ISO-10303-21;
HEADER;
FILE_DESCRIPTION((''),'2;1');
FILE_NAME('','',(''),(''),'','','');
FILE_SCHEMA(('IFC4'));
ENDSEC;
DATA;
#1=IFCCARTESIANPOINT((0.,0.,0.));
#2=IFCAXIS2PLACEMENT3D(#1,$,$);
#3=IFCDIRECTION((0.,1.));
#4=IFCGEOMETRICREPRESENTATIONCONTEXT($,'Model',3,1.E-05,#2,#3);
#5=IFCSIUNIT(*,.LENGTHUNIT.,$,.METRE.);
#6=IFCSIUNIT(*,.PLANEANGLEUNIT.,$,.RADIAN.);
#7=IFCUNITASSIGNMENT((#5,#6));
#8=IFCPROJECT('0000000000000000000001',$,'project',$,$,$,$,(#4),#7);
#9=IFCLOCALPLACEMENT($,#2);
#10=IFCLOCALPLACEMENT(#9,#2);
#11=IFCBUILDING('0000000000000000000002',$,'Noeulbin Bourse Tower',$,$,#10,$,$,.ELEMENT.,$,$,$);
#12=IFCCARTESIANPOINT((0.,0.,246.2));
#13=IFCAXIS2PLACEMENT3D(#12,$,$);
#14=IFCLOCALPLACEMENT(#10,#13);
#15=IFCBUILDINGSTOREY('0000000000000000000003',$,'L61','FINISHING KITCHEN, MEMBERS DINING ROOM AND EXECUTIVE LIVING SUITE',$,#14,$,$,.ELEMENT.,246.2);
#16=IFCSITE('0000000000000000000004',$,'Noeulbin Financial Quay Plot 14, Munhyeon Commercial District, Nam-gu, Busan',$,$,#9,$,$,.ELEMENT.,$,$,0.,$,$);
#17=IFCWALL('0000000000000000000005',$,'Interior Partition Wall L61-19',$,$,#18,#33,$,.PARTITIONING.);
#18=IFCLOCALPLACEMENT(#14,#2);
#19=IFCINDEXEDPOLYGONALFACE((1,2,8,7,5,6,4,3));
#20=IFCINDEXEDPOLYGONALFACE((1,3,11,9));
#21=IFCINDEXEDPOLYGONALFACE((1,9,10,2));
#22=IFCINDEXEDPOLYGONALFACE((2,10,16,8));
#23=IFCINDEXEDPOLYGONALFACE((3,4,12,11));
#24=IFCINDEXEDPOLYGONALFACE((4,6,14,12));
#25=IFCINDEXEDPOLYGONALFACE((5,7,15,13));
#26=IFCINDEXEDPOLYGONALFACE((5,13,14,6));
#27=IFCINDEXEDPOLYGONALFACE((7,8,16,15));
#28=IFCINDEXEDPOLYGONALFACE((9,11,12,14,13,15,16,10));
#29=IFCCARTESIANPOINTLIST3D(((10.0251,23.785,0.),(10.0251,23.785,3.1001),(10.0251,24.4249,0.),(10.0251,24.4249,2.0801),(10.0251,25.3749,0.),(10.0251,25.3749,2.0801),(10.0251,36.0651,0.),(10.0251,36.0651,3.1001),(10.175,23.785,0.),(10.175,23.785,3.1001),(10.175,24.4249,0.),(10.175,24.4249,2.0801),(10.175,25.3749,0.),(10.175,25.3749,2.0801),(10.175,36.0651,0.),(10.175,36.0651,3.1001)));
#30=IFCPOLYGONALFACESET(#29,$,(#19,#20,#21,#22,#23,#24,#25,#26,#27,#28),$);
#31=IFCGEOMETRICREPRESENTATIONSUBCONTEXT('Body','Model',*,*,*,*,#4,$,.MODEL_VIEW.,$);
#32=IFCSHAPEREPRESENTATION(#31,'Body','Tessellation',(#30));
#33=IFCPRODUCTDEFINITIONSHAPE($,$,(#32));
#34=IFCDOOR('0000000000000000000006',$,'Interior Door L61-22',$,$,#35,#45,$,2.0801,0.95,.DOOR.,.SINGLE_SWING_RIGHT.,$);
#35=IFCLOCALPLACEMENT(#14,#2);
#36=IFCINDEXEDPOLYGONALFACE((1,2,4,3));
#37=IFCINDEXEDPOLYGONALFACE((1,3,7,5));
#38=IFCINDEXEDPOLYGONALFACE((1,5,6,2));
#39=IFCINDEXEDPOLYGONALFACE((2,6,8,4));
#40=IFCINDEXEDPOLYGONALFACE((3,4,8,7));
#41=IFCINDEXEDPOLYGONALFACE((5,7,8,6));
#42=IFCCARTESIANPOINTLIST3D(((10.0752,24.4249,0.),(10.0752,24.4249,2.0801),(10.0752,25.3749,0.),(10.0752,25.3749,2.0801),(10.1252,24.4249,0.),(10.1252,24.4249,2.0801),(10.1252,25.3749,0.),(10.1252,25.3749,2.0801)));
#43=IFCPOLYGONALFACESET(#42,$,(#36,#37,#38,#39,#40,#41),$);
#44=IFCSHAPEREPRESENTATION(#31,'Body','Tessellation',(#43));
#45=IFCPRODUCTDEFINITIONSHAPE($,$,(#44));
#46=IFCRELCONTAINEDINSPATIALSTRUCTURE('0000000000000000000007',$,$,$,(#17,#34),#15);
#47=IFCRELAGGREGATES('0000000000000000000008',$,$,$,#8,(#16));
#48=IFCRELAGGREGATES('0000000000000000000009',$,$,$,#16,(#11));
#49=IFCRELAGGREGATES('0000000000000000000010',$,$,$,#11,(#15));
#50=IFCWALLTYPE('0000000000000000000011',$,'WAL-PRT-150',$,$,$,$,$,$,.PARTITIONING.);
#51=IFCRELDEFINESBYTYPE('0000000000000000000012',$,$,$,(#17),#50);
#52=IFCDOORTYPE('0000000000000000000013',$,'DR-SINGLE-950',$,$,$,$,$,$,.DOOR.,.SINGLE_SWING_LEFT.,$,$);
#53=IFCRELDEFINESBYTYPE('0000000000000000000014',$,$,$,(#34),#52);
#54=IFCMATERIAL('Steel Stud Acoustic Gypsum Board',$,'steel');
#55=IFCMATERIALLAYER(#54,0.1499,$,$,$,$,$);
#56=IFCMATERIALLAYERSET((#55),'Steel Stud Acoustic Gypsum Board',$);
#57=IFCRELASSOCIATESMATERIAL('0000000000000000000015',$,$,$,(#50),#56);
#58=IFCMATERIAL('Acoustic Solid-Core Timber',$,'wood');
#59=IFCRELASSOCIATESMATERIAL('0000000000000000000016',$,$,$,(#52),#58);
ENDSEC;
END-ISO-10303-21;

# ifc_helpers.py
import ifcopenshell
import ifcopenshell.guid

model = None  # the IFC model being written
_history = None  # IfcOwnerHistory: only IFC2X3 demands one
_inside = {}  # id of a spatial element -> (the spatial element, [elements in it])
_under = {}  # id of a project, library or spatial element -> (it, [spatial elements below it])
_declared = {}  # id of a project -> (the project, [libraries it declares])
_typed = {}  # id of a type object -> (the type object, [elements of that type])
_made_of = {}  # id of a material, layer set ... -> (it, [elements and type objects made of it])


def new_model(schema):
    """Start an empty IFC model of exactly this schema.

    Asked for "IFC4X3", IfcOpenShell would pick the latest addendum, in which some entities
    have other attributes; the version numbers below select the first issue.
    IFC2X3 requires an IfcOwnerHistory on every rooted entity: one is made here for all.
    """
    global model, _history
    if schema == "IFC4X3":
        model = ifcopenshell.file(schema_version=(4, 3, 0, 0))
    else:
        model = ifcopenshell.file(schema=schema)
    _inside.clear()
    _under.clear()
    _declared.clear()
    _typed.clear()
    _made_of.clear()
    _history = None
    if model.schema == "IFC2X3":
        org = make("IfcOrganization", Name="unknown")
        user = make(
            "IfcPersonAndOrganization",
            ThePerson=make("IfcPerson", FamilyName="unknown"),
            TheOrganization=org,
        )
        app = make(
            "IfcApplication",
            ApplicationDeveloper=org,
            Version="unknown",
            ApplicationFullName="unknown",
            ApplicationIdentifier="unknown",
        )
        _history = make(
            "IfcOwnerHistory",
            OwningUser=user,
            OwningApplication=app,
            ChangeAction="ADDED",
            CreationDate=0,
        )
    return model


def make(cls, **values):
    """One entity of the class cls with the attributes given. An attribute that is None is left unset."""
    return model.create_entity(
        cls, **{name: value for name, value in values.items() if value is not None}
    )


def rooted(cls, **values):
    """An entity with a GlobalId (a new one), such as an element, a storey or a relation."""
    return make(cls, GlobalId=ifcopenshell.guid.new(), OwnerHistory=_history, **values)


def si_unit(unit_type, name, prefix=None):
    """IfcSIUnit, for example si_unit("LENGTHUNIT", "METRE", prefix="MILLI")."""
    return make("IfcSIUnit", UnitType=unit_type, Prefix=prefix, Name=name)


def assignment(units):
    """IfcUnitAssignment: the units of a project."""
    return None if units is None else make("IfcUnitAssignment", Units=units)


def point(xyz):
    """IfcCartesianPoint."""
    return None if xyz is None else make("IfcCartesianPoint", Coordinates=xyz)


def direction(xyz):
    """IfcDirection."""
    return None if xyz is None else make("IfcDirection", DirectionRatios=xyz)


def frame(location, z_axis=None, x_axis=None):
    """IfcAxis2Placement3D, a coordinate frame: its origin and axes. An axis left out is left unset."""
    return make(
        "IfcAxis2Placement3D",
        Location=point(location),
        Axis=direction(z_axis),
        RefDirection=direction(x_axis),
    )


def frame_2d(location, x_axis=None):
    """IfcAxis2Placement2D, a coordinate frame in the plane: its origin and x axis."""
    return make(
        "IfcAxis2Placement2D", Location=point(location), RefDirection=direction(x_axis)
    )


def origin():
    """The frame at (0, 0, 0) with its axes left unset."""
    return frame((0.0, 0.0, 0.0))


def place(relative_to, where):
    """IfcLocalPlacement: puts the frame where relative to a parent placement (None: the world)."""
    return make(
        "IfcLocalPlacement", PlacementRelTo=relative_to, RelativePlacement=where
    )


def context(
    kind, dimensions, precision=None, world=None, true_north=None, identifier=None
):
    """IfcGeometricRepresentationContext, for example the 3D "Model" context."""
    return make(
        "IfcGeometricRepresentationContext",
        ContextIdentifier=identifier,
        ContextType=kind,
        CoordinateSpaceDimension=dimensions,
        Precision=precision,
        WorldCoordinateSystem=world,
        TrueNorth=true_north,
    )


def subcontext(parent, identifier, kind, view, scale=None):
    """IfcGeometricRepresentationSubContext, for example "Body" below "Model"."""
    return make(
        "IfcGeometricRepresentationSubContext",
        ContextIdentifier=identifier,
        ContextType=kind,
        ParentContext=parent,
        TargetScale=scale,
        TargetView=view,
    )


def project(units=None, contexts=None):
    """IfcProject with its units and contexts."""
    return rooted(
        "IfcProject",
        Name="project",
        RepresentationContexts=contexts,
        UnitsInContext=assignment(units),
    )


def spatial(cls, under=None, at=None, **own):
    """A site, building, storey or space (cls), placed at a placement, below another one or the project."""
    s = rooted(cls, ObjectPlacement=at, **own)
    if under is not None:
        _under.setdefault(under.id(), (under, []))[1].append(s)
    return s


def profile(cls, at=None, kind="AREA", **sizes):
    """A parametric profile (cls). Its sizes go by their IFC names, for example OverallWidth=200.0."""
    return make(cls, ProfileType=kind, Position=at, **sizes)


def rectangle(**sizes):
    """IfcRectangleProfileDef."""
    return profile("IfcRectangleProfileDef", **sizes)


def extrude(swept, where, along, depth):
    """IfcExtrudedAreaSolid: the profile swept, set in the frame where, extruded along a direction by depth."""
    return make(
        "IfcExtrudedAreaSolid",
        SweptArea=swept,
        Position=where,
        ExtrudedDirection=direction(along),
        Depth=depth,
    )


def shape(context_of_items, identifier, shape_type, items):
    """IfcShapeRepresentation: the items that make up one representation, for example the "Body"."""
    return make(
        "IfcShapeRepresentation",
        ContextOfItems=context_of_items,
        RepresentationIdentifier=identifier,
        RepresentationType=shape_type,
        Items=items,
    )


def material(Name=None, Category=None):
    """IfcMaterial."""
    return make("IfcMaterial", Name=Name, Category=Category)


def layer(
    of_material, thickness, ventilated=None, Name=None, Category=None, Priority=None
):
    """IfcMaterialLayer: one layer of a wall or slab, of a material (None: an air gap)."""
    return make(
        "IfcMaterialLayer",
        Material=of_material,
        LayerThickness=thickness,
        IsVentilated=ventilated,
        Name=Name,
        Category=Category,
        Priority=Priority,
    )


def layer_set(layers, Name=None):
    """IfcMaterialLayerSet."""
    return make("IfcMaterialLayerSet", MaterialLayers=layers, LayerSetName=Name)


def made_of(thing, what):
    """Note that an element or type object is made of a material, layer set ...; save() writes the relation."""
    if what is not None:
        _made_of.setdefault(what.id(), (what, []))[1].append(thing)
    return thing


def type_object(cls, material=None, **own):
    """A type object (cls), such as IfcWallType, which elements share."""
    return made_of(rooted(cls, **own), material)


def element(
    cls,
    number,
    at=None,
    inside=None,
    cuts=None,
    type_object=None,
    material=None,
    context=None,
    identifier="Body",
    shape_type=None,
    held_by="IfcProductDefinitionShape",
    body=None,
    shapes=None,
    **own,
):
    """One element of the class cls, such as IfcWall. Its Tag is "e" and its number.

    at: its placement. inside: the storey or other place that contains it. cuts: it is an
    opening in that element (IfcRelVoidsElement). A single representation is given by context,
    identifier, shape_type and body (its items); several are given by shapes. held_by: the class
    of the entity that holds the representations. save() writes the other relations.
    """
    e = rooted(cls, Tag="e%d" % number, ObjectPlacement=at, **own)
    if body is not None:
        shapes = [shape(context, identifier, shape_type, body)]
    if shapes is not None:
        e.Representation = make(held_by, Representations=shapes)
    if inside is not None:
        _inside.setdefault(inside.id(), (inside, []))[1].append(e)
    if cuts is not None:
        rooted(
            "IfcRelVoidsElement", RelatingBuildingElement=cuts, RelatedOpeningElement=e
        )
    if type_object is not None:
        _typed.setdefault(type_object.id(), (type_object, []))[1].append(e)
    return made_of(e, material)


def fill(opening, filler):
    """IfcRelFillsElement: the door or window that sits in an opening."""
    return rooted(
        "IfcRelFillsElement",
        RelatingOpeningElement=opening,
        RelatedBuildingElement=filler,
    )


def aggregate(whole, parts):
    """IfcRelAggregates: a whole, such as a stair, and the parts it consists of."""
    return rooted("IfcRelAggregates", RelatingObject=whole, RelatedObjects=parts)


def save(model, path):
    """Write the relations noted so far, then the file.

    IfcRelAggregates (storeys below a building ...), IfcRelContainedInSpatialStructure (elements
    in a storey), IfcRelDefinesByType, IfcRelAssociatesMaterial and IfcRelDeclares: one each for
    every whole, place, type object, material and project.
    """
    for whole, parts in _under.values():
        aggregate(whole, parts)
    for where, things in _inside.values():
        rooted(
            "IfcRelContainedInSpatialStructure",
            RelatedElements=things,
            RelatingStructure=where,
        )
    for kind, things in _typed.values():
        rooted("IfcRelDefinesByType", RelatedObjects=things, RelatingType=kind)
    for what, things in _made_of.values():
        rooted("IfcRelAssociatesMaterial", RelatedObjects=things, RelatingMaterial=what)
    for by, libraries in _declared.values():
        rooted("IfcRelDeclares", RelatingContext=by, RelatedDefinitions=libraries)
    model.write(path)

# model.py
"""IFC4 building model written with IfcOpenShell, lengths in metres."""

from ifc_helpers import new_model, si_unit, direction, frame, frame_2d, origin, place, context, subcontext, project, spatial, rectangle, extrude, material, layer, layer_set, type_object, element, fill, save


model = new_model("IFC4")

# Units and contexts
model_context = context("Model", 3, precision=1e-05, world=origin(), true_north=direction((0.0, 1.0)))
body_context = subcontext(model_context, "Body", "Model", "MODEL_VIEW")
ifc_project = project(units=[si_unit("LENGTHUNIT", "METRE"), si_unit("PLANEANGLEUNIT", "RADIAN")], contexts=[model_context])

# Site, building, storey
site_placement = place(None, origin())
site = spatial("IfcSite", under=ifc_project, at=site_placement, Name="Noeulbin Financial Quay Plot 14, Munhyeon Commercial District, Nam-gu, Busan", CompositionType="ELEMENT", RefElevation=0.0)
building_placement = place(site_placement, origin())
building = spatial("IfcBuilding", under=site, at=building_placement, Name="Noeulbin Bourse Tower", CompositionType="ELEMENT")
storey_placement = place(building_placement, frame((0.0, 0.0, 246.2)))
storey = spatial("IfcBuildingStorey", under=building, at=storey_placement, Name="L61", Description="FINISHING KITCHEN, MEMBERS DINING ROOM AND EXECUTIVE LIVING SUITE", CompositionType="ELEMENT", Elevation=246.2)

# Wall, opening, door
ifc_material_1 = material(Name="Steel Stud Acoustic Gypsum Board", Category="steel")
ifc_layer_1 = layer(ifc_material_1, 0.1499)
ifc_layer_set_1 = layer_set([ifc_layer_1], Name="Steel Stud Acoustic Gypsum Board")
wall_type_1 = type_object("IfcWallType", Name="WAL-PRT-150", PredefinedType="PARTITIONING", material=ifc_layer_set_1)
wall_1_placement = place(storey_placement, frame((10.1001, 23.7849, 0.0), z_axis=(0.0, 0.0, 1.0), x_axis=(0.0, 1.0, 0.0)))
wall_1 = element("IfcWall", 1, at=wall_1_placement, inside=storey, type_object=wall_type_1, Name="Interior Partition Wall L61-19", PredefinedType="PARTITIONING", context=body_context, shape_type="SweptSolid", body=[
    extrude(rectangle(XDim=12.28, YDim=0.1499, at=frame_2d((6.1401, 0.0))), origin(), (0.0, 0.0, 1.0), 3.1001),
])
opening_1_placement = place(wall_1_placement, frame((0.6399, 0.0, 0.0)))
opening_1 = element("IfcOpeningElement", 2, at=opening_1_placement, cuts=wall_1, PredefinedType="OPENING", context=body_context, shape_type="SweptSolid", body=[
    extrude(rectangle(XDim=0.95, YDim=2.0801, at=frame_2d((0.4751, 1.04))), frame((0.0, 0.085, 0.0), z_axis=(0.0, -1.0, 0.0), x_axis=(1.0, 0.0, 0.0)), (0.0, 0.0, 1.0), 0.1699),
])
ifc_material_2 = material(Name="Acoustic Solid-Core Timber", Category="wood")
door_type_1 = type_object("IfcDoorType", Name="DR-SINGLE-950", OperationType="SINGLE_SWING_LEFT", PredefinedType="DOOR", material=ifc_material_2)
door_1_placement = place(opening_1_placement, origin())
door_1 = element("IfcDoor", 3, at=door_1_placement, inside=storey, type_object=door_type_1, Name="Interior Door L61-22", OperationType="SINGLE_SWING_RIGHT", OverallHeight=2.0801, OverallWidth=0.95, PredefinedType="DOOR", context=body_context, shape_type="SweptSolid", body=[
    extrude(rectangle(XDim=0.95, YDim=2.0801, at=frame_2d((0.4751, 1.04))), frame((0.0, 0.0249, 0.0), z_axis=(0.0, -1.0, 0.0), x_axis=(1.0, 0.0, 0.0)), (0.0, 0.0, 1.0), 0.05),
])
fill(opening_1, door_1)

save(model, "model.ifc")
